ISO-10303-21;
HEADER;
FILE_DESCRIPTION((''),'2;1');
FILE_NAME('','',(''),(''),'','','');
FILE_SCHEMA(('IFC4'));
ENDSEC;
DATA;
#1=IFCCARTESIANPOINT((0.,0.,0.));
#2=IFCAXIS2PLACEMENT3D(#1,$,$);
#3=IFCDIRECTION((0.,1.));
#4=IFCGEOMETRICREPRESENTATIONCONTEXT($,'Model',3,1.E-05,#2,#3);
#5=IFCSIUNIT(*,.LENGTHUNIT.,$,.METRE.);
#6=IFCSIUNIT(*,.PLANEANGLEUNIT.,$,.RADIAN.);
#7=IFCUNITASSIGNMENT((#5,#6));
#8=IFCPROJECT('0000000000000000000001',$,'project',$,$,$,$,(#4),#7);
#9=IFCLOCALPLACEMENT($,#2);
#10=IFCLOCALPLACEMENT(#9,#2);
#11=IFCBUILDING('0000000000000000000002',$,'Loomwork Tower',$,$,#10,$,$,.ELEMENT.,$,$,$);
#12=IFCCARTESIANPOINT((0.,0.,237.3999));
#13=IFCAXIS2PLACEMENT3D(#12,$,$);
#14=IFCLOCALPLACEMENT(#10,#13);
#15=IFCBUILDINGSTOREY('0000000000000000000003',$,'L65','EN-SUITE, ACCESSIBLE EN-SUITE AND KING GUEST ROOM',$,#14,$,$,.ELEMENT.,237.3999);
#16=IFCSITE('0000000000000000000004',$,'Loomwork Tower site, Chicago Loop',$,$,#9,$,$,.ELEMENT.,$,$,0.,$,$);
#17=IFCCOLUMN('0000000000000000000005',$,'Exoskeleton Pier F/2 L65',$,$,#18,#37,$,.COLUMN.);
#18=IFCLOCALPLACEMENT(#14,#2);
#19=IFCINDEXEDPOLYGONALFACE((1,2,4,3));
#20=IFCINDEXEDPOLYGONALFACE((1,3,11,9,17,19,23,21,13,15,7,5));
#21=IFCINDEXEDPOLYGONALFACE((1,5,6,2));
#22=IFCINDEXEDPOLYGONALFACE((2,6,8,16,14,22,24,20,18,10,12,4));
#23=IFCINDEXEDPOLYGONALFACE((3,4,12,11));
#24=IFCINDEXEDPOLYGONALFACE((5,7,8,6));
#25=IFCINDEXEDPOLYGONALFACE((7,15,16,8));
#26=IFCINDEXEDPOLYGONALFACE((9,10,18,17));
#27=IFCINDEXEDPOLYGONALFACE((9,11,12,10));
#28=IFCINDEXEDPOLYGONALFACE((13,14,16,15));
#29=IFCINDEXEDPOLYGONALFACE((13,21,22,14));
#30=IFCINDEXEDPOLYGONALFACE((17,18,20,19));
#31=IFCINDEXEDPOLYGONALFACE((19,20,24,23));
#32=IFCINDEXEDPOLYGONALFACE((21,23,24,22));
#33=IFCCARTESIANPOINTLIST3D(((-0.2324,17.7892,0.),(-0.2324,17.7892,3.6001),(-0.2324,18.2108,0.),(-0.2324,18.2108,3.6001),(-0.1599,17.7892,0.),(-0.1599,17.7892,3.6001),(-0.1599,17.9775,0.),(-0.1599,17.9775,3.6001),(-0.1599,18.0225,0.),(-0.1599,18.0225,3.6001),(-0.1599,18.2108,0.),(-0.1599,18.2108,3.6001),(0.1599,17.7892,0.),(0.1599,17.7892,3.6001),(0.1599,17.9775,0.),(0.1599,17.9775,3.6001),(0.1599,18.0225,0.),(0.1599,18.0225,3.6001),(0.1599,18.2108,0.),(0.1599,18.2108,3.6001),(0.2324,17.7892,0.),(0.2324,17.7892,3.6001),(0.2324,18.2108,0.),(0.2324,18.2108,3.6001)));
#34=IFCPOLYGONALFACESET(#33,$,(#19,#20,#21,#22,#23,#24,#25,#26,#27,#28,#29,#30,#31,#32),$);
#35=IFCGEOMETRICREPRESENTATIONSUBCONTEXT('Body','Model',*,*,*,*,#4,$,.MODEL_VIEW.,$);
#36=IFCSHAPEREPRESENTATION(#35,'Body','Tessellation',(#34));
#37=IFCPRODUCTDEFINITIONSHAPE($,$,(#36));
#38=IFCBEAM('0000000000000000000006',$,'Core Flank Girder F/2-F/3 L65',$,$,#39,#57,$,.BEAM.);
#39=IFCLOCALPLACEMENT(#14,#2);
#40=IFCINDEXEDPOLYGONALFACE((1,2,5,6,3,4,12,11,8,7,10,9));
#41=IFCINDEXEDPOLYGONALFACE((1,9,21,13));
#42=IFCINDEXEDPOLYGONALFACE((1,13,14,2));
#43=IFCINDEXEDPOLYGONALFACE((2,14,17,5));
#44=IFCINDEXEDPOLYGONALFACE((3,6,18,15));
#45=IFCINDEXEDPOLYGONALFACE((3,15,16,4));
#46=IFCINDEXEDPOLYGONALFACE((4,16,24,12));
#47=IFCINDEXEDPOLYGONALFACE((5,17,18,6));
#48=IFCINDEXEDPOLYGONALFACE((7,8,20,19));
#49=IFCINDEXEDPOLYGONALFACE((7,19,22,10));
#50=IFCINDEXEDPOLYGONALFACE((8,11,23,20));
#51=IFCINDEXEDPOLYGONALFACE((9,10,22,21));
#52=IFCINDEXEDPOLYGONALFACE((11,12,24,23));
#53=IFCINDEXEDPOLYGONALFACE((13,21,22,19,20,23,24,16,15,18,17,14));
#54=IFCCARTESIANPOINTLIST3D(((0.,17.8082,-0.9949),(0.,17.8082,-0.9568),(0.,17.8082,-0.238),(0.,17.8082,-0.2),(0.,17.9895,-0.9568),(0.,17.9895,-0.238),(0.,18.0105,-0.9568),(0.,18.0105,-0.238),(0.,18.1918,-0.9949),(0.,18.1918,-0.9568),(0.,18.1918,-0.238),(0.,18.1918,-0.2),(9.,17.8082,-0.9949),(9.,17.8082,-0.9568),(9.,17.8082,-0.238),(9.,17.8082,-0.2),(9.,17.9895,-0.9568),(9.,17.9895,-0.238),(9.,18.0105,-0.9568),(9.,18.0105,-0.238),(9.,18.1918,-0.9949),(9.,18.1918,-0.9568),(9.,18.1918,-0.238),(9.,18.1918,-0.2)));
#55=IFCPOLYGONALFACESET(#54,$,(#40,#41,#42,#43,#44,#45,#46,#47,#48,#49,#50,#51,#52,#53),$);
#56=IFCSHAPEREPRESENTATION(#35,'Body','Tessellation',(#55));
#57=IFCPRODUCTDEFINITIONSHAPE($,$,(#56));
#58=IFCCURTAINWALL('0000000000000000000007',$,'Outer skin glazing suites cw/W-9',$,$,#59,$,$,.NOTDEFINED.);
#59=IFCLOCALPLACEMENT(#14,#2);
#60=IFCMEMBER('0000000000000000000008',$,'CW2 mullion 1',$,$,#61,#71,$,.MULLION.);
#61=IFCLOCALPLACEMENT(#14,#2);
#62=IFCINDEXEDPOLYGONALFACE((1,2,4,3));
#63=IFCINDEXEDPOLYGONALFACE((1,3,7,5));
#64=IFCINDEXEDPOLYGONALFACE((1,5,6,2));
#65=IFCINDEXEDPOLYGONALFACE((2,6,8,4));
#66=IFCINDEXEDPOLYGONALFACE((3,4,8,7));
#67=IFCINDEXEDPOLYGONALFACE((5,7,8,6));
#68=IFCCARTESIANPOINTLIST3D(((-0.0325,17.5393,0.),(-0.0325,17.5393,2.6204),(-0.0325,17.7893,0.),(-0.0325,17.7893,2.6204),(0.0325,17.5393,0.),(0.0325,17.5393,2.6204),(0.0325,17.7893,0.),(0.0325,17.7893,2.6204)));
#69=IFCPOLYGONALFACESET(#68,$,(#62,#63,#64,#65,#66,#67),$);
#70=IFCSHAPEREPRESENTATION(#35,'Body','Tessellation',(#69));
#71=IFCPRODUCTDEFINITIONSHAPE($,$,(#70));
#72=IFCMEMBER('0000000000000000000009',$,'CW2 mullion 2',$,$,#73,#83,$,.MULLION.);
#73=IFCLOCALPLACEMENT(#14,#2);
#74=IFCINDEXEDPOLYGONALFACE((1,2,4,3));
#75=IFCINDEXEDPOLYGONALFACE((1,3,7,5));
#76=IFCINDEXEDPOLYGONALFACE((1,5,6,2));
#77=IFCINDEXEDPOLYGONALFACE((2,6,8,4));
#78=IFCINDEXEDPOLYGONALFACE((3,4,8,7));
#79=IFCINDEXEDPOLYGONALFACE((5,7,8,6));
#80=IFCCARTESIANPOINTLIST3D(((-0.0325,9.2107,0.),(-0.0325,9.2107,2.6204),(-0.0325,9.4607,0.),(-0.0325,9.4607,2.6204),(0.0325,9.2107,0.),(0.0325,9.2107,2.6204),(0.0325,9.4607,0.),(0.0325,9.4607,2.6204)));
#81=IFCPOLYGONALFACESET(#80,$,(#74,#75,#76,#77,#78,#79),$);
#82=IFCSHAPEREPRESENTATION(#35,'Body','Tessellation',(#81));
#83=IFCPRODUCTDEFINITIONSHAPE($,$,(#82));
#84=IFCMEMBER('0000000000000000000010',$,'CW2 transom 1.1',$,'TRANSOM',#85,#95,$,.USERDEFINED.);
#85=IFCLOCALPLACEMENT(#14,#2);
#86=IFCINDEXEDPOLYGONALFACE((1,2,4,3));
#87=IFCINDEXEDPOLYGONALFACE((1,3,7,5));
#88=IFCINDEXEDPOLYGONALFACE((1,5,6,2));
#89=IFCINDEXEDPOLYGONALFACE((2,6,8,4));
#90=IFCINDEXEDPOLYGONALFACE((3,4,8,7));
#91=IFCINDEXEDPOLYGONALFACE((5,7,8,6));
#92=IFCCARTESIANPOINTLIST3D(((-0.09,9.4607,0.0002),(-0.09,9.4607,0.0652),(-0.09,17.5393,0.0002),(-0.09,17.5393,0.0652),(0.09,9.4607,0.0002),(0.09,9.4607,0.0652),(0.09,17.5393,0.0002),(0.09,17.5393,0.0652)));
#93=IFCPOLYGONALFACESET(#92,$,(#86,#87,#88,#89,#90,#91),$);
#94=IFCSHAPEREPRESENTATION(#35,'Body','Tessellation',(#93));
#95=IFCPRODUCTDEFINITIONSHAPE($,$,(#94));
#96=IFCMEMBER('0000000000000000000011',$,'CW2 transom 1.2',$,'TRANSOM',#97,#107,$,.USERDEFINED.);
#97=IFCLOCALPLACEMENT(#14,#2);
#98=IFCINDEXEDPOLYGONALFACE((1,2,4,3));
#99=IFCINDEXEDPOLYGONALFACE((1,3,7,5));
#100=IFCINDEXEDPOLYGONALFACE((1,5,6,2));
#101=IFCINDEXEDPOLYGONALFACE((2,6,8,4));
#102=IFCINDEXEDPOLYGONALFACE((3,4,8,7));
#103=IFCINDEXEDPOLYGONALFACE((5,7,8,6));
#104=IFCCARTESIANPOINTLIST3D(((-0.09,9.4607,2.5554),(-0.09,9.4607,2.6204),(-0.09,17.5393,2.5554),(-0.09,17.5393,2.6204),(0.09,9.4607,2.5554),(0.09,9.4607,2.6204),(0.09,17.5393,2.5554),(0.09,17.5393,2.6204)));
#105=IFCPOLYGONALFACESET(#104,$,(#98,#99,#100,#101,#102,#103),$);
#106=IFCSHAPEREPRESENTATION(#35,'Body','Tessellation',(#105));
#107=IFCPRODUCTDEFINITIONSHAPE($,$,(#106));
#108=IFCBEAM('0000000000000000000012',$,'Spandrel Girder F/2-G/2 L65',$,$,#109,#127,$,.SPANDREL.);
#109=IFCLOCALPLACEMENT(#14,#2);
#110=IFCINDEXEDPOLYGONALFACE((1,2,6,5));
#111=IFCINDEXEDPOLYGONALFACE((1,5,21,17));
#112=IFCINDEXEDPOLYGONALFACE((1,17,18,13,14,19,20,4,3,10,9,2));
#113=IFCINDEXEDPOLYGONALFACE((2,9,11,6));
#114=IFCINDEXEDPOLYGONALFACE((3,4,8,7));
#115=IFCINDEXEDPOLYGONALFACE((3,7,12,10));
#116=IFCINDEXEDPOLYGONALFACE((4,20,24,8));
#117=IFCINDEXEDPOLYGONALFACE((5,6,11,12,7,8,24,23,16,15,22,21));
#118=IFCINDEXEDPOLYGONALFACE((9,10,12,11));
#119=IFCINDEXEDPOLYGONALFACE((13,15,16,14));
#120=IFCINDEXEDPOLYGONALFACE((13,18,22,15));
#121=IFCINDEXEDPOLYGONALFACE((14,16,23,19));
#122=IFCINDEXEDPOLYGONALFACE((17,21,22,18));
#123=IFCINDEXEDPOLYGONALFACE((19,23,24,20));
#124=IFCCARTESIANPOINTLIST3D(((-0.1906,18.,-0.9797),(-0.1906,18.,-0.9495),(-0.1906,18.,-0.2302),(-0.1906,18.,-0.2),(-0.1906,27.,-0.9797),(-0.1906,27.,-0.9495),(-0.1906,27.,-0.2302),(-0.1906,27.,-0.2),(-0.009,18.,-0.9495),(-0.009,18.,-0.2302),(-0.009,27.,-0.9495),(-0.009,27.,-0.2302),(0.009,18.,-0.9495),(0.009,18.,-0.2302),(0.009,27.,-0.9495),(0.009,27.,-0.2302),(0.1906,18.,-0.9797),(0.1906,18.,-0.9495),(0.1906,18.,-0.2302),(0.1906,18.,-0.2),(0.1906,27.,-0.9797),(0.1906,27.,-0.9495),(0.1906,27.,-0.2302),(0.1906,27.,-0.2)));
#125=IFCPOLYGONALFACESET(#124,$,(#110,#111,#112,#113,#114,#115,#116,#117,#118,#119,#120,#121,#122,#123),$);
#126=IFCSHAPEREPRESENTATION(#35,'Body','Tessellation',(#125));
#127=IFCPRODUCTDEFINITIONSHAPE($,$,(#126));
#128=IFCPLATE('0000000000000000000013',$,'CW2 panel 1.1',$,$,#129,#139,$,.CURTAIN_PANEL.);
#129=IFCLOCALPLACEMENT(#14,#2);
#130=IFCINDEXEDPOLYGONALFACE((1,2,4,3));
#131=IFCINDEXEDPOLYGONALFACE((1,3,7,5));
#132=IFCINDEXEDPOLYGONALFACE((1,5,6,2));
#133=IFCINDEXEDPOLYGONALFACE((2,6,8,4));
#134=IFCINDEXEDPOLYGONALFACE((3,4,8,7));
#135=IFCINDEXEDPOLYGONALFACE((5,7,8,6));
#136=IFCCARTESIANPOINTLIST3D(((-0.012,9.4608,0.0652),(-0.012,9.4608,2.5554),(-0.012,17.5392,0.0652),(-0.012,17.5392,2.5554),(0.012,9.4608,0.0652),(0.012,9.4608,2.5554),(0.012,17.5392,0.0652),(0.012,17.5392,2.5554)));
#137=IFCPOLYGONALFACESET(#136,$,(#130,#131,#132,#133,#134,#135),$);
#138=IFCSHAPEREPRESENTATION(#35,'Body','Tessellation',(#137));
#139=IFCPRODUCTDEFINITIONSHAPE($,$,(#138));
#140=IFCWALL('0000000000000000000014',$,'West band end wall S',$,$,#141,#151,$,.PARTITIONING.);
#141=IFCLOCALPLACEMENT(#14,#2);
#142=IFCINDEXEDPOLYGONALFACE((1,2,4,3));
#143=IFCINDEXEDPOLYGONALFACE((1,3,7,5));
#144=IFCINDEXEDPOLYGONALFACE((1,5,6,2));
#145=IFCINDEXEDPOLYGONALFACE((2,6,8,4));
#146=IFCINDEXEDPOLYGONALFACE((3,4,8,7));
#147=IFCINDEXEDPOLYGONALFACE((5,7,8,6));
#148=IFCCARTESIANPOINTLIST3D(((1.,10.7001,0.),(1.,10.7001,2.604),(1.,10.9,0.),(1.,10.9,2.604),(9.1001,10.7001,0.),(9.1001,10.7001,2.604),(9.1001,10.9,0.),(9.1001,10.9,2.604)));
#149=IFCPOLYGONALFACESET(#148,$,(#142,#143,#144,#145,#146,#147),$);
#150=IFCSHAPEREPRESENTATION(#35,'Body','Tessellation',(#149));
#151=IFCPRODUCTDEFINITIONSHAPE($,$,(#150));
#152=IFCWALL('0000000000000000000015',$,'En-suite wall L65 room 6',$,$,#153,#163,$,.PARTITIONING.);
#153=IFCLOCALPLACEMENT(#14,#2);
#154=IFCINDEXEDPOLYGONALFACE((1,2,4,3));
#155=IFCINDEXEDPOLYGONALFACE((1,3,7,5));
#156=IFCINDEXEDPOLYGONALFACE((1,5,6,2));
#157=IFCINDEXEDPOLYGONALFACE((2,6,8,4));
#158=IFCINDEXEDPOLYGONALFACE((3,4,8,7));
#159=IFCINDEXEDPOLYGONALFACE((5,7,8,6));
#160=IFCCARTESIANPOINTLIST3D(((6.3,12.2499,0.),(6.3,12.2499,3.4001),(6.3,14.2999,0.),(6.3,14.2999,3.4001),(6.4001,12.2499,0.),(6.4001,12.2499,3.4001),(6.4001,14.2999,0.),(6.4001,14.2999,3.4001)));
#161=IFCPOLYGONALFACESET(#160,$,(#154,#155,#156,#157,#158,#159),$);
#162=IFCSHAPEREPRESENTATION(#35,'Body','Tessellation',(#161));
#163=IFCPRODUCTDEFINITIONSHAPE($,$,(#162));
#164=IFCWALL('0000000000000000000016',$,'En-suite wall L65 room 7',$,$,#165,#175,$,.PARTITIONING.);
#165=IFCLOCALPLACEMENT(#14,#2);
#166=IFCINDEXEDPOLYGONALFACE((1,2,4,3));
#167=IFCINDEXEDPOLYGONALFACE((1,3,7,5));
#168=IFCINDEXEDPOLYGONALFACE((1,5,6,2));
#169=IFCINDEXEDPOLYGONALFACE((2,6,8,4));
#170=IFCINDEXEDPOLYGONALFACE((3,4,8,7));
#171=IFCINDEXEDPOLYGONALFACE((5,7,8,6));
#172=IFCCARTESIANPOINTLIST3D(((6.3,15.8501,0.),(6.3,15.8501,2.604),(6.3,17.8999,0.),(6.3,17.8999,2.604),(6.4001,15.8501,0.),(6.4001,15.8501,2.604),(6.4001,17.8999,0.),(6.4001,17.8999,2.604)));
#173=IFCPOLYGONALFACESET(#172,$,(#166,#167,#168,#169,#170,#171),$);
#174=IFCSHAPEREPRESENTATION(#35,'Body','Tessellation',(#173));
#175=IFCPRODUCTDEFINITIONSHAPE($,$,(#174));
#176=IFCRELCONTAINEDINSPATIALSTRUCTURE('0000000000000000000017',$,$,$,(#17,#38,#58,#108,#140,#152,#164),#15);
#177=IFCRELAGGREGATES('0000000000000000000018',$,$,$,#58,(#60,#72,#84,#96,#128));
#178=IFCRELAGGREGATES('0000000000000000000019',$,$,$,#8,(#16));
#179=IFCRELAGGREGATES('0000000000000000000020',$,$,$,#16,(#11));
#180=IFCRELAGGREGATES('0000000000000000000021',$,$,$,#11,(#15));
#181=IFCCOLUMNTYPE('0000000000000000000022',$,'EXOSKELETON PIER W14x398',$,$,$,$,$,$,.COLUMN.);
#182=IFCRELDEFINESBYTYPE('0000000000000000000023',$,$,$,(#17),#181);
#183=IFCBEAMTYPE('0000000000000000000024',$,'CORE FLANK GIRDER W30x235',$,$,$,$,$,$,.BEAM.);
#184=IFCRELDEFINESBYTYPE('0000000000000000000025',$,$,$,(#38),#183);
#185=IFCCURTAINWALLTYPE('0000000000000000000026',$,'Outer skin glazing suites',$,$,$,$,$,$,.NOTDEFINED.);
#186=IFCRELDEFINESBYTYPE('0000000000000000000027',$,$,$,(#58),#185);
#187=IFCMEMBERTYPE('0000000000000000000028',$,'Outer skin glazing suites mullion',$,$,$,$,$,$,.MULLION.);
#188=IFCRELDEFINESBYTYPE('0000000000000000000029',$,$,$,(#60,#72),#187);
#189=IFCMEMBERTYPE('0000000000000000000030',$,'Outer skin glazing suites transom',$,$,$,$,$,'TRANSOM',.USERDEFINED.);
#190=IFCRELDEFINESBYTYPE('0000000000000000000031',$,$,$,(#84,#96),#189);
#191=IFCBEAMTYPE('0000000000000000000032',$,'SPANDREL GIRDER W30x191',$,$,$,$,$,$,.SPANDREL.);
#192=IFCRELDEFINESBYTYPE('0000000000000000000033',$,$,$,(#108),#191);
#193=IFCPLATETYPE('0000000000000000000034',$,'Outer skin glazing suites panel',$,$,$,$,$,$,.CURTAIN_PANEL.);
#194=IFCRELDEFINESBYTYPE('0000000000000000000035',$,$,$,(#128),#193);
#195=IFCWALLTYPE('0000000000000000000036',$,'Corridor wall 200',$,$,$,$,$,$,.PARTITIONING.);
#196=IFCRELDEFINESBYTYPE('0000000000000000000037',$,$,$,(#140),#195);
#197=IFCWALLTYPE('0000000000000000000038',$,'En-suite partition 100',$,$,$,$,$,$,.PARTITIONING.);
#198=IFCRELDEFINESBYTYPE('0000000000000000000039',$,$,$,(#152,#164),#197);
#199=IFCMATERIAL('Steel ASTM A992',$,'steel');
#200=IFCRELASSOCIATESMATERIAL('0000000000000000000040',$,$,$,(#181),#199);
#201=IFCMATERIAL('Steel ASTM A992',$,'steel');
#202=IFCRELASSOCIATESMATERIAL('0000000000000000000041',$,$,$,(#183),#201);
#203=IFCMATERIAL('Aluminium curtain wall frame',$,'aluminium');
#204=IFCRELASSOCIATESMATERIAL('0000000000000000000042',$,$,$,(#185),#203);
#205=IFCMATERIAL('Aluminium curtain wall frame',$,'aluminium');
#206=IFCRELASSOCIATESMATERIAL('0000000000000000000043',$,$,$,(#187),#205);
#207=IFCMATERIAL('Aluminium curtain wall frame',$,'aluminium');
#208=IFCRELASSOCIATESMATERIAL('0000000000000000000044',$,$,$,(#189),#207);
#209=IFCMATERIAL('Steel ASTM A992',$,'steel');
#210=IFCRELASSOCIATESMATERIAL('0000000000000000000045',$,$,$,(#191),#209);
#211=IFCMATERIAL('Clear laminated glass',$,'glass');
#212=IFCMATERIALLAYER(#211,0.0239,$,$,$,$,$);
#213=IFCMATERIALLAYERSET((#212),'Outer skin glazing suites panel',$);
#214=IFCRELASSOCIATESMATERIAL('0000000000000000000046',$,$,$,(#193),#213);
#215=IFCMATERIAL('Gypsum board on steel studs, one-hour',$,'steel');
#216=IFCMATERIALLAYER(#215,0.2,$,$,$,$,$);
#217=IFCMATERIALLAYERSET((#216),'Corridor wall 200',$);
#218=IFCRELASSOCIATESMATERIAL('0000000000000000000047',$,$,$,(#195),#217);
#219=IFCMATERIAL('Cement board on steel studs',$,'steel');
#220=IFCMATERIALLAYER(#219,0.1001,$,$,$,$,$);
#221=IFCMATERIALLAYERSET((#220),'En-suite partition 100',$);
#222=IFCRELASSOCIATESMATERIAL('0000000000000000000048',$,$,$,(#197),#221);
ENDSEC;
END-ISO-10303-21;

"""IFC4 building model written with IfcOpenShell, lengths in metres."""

from ifc_helpers import new_model, si_unit, direction, frame, frame_2d, origin, origin_2d, place, context, subcontext, project, spatial, rectangle, i_section, extrude, material, layer, layer_set, material_profile, profile_set, type_object, element, aggregate, save


model = new_model("IFC4")

# Units and contexts
model_context = context("Model", 3, precision=1e-05, world=origin(), true_north=direction((0.0, 1.0)))
body_context = subcontext(model_context, "Body", "Model", "MODEL_VIEW")
ifc_project = project(units=[si_unit("LENGTHUNIT", "METRE"), si_unit("PLANEANGLEUNIT", "RADIAN")], contexts=[model_context])

# Site, building, storey
site_placement = place(None, origin())
site = spatial("IfcSite", under=ifc_project, at=site_placement, Name="Loomwork Tower site, Chicago Loop", CompositionType="ELEMENT", RefElevation=0.0)
building_placement = place(site_placement, origin())
building = spatial("IfcBuilding", under=site, at=building_placement, Name="Loomwork Tower", CompositionType="ELEMENT")
storey_placement = place(building_placement, frame((0.0, 0.0, 237.3999)))
storey = spatial("IfcBuildingStorey", under=building, at=storey_placement, Name="L65", Description="EN-SUITE, ACCESSIBLE EN-SUITE AND KING GUEST ROOM", CompositionType="ELEMENT", Elevation=237.3999)

# Column
ifc_material_1 = material(Name="Steel ASTM A992", Category="steel")
ifc_material_profile_1 = material_profile(ifc_material_1, i_section(OverallWidth=0.4216, OverallDepth=0.4648, WebThickness=0.0449, FlangeThickness=0.0725, at=origin_2d()), Name="W14x398")
ifc_profile_set_1 = profile_set([ifc_material_profile_1], Name="Steel ASTM A992")
column_type = type_object("IfcColumnType", Name="EXOSKELETON PIER W14x398", PredefinedType="COLUMN", material=ifc_profile_set_1)
column_placement = place(storey_placement, frame((0.0, 18.0, 0.0), z_axis=(0.0, 0.0, 1.0), x_axis=(0.0, 1.0, 0.0)))
element("IfcColumn", 1, at=column_placement, inside=storey, type_object=column_type, Name="Exoskeleton Pier F/2 L65", PredefinedType="COLUMN", context=body_context, shape_type="SweptSolid", body=[
    extrude(i_section(OverallWidth=0.4216, OverallDepth=0.4648, WebThickness=0.0449, FlangeThickness=0.0725, at=origin_2d()), origin(), (0.0, 0.0, 1.0), 3.6001),
])

# Beam
ifc_material_2 = material(Name="Steel ASTM A992", Category="steel")
ifc_material_profile_2 = material_profile(ifc_material_2, i_section(OverallWidth=0.3835, OverallDepth=0.7949, WebThickness=0.021, FlangeThickness=0.0381, at=origin_2d()), Name="W30x235")
ifc_profile_set_2 = profile_set([ifc_material_profile_2], Name="Steel ASTM A992")
beam_type_1 = type_object("IfcBeamType", Name="CORE FLANK GIRDER W30x235", PredefinedType="BEAM", material=ifc_profile_set_2)
beam_1_placement = place(storey_placement, frame((0.0, 18.0, -0.5974), z_axis=(1.0, 0.0, 0.0), x_axis=(0.0, 1.0, 0.0)))
element("IfcBeam", 2, at=beam_1_placement, inside=storey, type_object=beam_type_1, Name="Core Flank Girder F/2-F/3 L65", PredefinedType="BEAM", context=body_context, shape_type="SweptSolid", body=[
    extrude(i_section(OverallWidth=0.3835, OverallDepth=0.7949, WebThickness=0.021, FlangeThickness=0.0381, at=origin_2d()), origin(), (0.0, 0.0, 1.0), 9.0),
])

# Curtain wall, members
ifc_material_3 = material(Name="Aluminium curtain wall frame", Category="aluminium")
curtain_wall_type = type_object("IfcCurtainWallType", Name="Outer skin glazing suites", PredefinedType="NOTDEFINED", material=ifc_material_3)
curtain_wall_placement = place(storey_placement, origin())
curtain_wall = element("IfcCurtainWall", 3, at=curtain_wall_placement, inside=storey, type_object=curtain_wall_type, Name="Outer skin glazing suites cw/W-9", PredefinedType="NOTDEFINED")
ifc_material_4 = material(Name="Aluminium curtain wall frame", Category="aluminium")
ifc_material_profile_3 = material_profile(ifc_material_4, rectangle(XDim=0.0649, YDim=0.25, at=origin_2d()), Name="AL 65x250")
ifc_profile_set_3 = profile_set([ifc_material_profile_3], Name="Aluminium curtain wall frame")
member_type_1 = type_object("IfcMemberType", Name="Outer skin glazing suites mullion", PredefinedType="MULLION", material=ifc_profile_set_3)
member_1_placement = place(storey_placement, frame((0.0, 17.6643, 0.0), z_axis=(0.0, 0.0, 1.0), x_axis=(1.0, 0.0, 0.0)))
member_1 = element("IfcMember", 4, at=member_1_placement, type_object=member_type_1, Name="CW2 mullion 1", PredefinedType="MULLION", context=body_context, shape_type="SweptSolid", body=[
    extrude(rectangle(XDim=0.0649, YDim=0.25, at=origin_2d()), origin(), (0.0, 0.0, 1.0), 2.6204),
])
member_2_placement = place(storey_placement, frame((0.0, 9.3357, 0.0), z_axis=(0.0, 0.0, 1.0), x_axis=(1.0, 0.0, 0.0)))
member_2 = element("IfcMember", 5, at=member_2_placement, type_object=member_type_1, Name="CW2 mullion 2", PredefinedType="MULLION", context=body_context, shape_type="SweptSolid", body=[
    extrude(rectangle(XDim=0.0649, YDim=0.25, at=origin_2d()), origin(), (0.0, 0.0, 1.0), 2.6204),
])
ifc_material_5 = material(Name="Aluminium curtain wall frame", Category="aluminium")
ifc_material_profile_4 = material_profile(ifc_material_5, rectangle(XDim=0.1799, YDim=0.0649, at=origin_2d()), Name="AL 65x180")
ifc_profile_set_4 = profile_set([ifc_material_profile_4], Name="Aluminium curtain wall frame")
member_type_2 = type_object("IfcMemberType", Name="Outer skin glazing suites transom", ElementType="TRANSOM", PredefinedType="USERDEFINED", material=ifc_profile_set_4)
member_3_placement = place(storey_placement, frame((0.0, 17.5393, 0.0327), z_axis=(0.0, -1.0, 0.0), x_axis=(1.0, 0.0, 0.0)))
member_3 = element("IfcMember", 6, at=member_3_placement, type_object=member_type_2, Name="CW2 transom 1.1", ObjectType="TRANSOM", PredefinedType="USERDEFINED", context=body_context, shape_type="SweptSolid", body=[
    extrude(rectangle(XDim=0.1799, YDim=0.0649, at=origin_2d()), origin(), (0.0, 0.0, 1.0), 8.0786),
])
member_4_placement = place(storey_placement, frame((0.0, 17.5393, 2.5879), z_axis=(0.0, -1.0, 0.0), x_axis=(1.0, 0.0, 0.0)))
member_4 = element("IfcMember", 7, at=member_4_placement, type_object=member_type_2, Name="CW2 transom 1.2", ObjectType="TRANSOM", PredefinedType="USERDEFINED", context=body_context, shape_type="SweptSolid", body=[
    extrude(rectangle(XDim=0.1799, YDim=0.0649, at=origin_2d()), origin(), (0.0, 0.0, 1.0), 8.0786),
])

# Beam
ifc_material_6 = material(Name="Steel ASTM A992", Category="steel")
ifc_material_profile_5 = material_profile(ifc_material_6, i_section(OverallWidth=0.3811, OverallDepth=0.7798, WebThickness=0.0181, FlangeThickness=0.0303, at=origin_2d()), Name="W30x191")
ifc_profile_set_5 = profile_set([ifc_material_profile_5], Name="Steel ASTM A992")
beam_type_2 = type_object("IfcBeamType", Name="SPANDREL GIRDER W30x191", PredefinedType="SPANDREL", material=ifc_profile_set_5)
beam_2_placement = place(storey_placement, frame((0.0, 18.0, -0.5898), z_axis=(0.0, 1.0, 0.0), x_axis=(-1.0, 0.0, 0.0)))
element("IfcBeam", 8, at=beam_2_placement, inside=storey, type_object=beam_type_2, Name="Spandrel Girder F/2-G/2 L65", PredefinedType="SPANDREL", context=body_context, shape_type="SweptSolid", body=[
    extrude(i_section(OverallWidth=0.3811, OverallDepth=0.7798, WebThickness=0.0181, FlangeThickness=0.0303, at=origin_2d()), origin(), (0.0, 0.0, 1.0), 9.0),
])

# Plate
ifc_material_7 = material(Name="Clear laminated glass", Category="glass")
ifc_layer_1 = layer(ifc_material_7, 0.0239)
ifc_layer_set_1 = layer_set([ifc_layer_1], Name="Outer skin glazing suites panel")
plate_type = type_object("IfcPlateType", Name="Outer skin glazing suites panel", PredefinedType="CURTAIN_PANEL", material=ifc_layer_set_1)
plate_placement = place(storey_placement, frame((0.0, 13.5, 0.0652), z_axis=(0.0, 0.0, 1.0), x_axis=(0.0, -1.0, 0.0)))
plate = element("IfcPlate", 9, at=plate_placement, type_object=plate_type, Name="CW2 panel 1.1", PredefinedType="CURTAIN_PANEL", context=body_context, shape_type="SweptSolid", body=[
    extrude(rectangle(XDim=8.0784, YDim=0.0239, at=origin_2d()), origin(), (0.0, 0.0, 1.0), 2.4902),
])
aggregate(curtain_wall, [member_1, member_2, member_3, member_4, plate])

# Walls
ifc_material_8 = material(Name="Gypsum board on steel studs, one-hour", Category="steel")
ifc_layer_2 = layer(ifc_material_8, 0.2)
ifc_layer_set_2 = layer_set([ifc_layer_2], Name="Corridor wall 200")
wall_type_1 = type_object("IfcWallType", Name="Corridor wall 200", PredefinedType="PARTITIONING", material=ifc_layer_set_2)
wall_1_placement = place(storey_placement, frame((1.0, 10.8, 0.0), z_axis=(0.0, 0.0, 1.0), x_axis=(1.0, 0.0, 0.0)))
element("IfcWall", 10, at=wall_1_placement, inside=storey, type_object=wall_type_1, Name="West band end wall S", PredefinedType="PARTITIONING", context=body_context, shape_type="SweptSolid", body=[
    extrude(rectangle(XDim=8.1001, YDim=0.2, at=frame_2d((4.05, 0.0))), origin(), (0.0, 0.0, 1.0), 2.604),
])
ifc_material_9 = material(Name="Cement board on steel studs", Category="steel")
ifc_layer_3 = layer(ifc_material_9, 0.1001)
ifc_layer_set_3 = layer_set([ifc_layer_3], Name="En-suite partition 100")
wall_type_2 = type_object("IfcWallType", Name="En-suite partition 100", PredefinedType="PARTITIONING", material=ifc_layer_set_3)
wall_2_placement = place(storey_placement, frame((6.3501, 12.25, 0.0), z_axis=(0.0, 0.0, 1.0), x_axis=(0.0, 1.0, 0.0)))
element("IfcWall", 11, at=wall_2_placement, inside=storey, type_object=wall_type_2, Name="En-suite wall L65 room 6", PredefinedType="PARTITIONING", context=body_context, shape_type="SweptSolid", body=[
    extrude(rectangle(XDim=2.05, YDim=0.1001, at=frame_2d((1.0249, 0.0))), origin(), (0.0, 0.0, 1.0), 3.4001),
])
wall_3_placement = place(storey_placement, frame((6.3501, 15.8501, 0.0), z_axis=(0.0, 0.0, 1.0), x_axis=(0.0, 1.0, 0.0)))
element("IfcWall", 12, at=wall_3_placement, inside=storey, type_object=wall_type_2, Name="En-suite wall L65 room 7", PredefinedType="PARTITIONING", context=body_context, shape_type="SweptSolid", body=[
    extrude(rectangle(XDim=2.0498, YDim=0.1001, at=frame_2d((1.0249, 0.0))), origin(), (0.0, 0.0, 1.0), 2.604),
])

save(model, "model.ifc")
